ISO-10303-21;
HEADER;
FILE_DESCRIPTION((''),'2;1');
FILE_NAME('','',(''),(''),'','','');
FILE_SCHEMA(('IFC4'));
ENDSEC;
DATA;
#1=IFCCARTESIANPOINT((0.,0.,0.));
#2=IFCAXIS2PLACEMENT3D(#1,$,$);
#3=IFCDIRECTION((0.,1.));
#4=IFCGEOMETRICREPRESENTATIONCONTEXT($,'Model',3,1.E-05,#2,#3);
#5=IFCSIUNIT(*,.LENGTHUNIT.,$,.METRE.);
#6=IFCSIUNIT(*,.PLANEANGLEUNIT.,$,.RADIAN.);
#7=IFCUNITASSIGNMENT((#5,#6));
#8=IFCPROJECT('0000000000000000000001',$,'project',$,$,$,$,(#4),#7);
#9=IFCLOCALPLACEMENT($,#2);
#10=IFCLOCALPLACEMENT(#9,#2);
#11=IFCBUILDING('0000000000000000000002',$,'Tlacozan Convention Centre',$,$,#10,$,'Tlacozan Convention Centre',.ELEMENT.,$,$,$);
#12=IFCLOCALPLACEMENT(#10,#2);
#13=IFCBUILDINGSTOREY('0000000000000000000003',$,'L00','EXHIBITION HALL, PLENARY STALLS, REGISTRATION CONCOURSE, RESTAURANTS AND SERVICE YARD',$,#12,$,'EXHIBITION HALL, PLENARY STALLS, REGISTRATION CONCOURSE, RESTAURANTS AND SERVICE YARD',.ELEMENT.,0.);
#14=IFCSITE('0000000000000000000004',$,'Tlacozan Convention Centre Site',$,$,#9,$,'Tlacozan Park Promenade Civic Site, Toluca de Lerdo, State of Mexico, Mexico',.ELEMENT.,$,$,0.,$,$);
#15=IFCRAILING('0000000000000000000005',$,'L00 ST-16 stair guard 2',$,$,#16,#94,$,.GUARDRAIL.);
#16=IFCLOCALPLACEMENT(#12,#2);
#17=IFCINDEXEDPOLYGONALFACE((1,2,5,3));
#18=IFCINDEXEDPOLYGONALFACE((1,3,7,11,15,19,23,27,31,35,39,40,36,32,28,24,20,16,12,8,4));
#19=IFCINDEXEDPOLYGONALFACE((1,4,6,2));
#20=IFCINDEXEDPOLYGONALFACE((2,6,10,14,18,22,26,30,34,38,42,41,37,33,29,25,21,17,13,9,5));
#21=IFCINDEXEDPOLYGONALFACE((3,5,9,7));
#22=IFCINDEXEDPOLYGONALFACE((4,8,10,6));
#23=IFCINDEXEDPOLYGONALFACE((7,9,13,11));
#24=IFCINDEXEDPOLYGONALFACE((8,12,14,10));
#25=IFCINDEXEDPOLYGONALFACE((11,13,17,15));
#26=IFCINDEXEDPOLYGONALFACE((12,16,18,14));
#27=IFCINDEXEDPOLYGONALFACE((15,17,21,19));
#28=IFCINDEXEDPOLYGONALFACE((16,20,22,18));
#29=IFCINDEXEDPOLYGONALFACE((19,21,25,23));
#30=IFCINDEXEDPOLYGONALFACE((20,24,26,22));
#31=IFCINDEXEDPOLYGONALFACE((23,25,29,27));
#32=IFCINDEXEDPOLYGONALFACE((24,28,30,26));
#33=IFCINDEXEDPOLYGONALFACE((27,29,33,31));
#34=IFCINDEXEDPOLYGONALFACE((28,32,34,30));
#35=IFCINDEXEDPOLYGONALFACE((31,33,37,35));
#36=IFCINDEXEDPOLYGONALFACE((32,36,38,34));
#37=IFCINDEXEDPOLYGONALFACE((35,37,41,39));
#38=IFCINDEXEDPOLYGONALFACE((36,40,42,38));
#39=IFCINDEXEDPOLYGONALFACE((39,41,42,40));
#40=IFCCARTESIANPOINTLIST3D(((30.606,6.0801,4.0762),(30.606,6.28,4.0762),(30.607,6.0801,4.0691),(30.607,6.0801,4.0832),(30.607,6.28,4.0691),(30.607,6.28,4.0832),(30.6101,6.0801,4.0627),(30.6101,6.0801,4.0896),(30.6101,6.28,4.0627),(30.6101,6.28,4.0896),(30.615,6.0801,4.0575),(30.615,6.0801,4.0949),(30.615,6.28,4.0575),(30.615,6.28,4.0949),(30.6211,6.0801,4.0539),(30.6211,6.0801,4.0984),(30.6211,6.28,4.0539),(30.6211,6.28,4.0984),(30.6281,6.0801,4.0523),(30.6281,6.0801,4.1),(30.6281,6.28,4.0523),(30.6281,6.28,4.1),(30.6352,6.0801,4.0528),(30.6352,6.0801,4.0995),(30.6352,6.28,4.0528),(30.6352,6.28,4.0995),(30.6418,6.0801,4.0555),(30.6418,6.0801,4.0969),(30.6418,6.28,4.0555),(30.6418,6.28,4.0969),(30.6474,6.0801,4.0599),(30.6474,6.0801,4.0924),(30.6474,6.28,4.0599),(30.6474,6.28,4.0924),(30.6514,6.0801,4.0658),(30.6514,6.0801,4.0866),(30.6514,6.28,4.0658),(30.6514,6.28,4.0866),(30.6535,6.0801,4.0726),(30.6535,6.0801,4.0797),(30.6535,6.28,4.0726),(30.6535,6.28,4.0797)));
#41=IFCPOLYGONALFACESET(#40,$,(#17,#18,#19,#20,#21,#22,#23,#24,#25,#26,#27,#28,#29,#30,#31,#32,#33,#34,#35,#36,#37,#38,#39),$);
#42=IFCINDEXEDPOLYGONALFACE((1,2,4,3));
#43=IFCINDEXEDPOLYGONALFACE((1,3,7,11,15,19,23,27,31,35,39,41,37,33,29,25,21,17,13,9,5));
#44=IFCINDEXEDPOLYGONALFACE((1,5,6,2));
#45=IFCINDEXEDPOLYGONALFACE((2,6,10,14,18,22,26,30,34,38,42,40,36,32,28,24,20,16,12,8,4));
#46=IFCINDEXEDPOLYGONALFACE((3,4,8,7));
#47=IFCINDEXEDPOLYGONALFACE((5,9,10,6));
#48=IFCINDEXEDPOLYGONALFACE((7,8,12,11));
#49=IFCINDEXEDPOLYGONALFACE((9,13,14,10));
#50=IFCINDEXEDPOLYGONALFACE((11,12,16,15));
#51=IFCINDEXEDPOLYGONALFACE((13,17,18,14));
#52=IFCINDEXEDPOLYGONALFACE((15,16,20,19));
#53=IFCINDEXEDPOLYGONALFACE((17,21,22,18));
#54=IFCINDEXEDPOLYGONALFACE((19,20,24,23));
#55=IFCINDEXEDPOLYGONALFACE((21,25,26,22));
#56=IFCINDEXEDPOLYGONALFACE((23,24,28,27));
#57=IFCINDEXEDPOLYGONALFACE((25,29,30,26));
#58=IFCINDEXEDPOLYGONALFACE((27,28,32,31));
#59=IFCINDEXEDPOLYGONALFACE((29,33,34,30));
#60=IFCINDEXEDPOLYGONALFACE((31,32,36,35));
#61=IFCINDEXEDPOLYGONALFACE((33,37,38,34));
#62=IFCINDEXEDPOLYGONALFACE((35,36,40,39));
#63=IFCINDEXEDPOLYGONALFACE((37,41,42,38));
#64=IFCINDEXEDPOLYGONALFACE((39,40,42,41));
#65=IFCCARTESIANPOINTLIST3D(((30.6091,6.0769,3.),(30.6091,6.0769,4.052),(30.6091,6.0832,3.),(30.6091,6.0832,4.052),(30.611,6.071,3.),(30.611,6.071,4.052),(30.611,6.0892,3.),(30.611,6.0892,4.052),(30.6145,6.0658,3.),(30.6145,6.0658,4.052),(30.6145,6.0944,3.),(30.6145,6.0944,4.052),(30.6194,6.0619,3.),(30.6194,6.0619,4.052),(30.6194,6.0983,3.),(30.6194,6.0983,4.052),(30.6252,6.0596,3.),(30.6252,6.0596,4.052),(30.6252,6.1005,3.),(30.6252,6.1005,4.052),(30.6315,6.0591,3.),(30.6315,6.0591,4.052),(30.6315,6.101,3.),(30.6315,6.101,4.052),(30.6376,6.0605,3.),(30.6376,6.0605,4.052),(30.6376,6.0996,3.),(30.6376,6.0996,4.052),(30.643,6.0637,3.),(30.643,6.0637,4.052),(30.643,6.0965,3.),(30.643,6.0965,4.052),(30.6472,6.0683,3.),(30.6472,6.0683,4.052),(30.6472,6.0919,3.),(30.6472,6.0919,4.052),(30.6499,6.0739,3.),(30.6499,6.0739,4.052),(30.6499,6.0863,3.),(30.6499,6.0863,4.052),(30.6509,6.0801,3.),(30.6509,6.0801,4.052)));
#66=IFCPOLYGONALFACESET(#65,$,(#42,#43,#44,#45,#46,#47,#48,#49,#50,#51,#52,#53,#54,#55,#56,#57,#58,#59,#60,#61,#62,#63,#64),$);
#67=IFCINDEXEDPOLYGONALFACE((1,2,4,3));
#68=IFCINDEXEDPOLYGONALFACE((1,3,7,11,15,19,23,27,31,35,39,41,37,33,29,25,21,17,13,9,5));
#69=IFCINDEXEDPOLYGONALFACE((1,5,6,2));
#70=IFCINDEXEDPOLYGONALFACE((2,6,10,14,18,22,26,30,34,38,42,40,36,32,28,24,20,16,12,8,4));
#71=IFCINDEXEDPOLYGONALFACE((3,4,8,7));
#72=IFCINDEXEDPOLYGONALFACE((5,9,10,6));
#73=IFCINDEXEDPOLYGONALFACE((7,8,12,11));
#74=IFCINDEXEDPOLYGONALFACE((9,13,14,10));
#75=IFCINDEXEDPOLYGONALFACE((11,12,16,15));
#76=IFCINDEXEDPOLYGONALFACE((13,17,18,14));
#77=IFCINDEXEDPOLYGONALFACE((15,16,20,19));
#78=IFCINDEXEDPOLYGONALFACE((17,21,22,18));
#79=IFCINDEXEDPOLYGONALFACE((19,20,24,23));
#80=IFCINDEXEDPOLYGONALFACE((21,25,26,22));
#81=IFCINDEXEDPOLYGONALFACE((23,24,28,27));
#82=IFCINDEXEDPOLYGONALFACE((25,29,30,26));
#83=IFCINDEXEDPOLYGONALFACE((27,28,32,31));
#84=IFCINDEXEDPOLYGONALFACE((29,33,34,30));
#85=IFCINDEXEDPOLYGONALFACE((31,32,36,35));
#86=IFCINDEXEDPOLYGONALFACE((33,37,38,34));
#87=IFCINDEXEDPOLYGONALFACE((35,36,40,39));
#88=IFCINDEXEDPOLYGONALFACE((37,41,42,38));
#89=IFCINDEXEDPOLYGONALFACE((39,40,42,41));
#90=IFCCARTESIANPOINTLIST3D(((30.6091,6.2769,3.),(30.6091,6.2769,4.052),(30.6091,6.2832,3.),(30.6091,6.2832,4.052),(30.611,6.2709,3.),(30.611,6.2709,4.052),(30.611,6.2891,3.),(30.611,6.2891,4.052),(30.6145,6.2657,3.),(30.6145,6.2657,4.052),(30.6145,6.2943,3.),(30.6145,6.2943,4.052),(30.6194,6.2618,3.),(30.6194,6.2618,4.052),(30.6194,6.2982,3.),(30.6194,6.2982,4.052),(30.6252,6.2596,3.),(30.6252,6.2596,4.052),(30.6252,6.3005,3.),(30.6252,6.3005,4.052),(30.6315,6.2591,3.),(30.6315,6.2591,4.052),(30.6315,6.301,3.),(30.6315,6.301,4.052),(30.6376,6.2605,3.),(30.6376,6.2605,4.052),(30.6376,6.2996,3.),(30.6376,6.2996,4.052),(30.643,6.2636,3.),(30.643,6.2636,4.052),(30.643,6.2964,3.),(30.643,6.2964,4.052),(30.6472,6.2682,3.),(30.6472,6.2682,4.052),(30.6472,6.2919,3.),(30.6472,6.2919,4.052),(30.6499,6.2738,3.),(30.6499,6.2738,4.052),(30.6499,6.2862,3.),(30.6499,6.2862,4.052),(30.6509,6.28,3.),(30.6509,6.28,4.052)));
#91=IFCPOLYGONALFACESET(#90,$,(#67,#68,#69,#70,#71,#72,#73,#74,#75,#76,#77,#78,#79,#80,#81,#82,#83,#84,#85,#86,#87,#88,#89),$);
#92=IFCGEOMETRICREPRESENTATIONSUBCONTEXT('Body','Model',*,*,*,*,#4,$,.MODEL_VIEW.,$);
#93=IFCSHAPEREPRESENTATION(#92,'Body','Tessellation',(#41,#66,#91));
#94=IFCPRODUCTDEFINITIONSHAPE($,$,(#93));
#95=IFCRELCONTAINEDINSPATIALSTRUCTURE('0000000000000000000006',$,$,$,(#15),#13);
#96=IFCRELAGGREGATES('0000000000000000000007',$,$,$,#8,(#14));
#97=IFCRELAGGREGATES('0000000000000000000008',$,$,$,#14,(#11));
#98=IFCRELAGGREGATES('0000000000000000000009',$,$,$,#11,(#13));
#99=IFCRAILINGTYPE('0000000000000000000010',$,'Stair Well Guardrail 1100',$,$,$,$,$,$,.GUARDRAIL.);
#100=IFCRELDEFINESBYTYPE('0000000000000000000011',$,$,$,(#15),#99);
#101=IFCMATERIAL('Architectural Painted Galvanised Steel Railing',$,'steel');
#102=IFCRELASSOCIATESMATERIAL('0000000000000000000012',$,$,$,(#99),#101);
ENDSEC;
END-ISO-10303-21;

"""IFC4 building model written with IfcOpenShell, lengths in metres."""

from ifc_helpers import new_model, si_unit, direction, frame, origin, origin_2d, place, context, subcontext, project, spatial, circle, extrude, material, type_object, element, save


model = new_model("IFC4")

# Units and contexts
model_context = context("Model", 3, precision=1e-05, world=origin(), true_north=direction((0.0, 1.0)))
body_context = subcontext(model_context, "Body", "Model", "MODEL_VIEW")
ifc_project = project(units=[si_unit("LENGTHUNIT", "METRE"), si_unit("PLANEANGLEUNIT", "RADIAN")], contexts=[model_context])

# Site, building, storey
site_placement = place(None, origin())
site = spatial("IfcSite", under=ifc_project, at=site_placement, Name="Tlacozan Convention Centre Site", LongName="Tlacozan Park Promenade Civic Site, Toluca de Lerdo, State of Mexico, Mexico", CompositionType="ELEMENT", RefElevation=0.0)
building_placement = place(site_placement, origin())
building = spatial("IfcBuilding", under=site, at=building_placement, Name="Tlacozan Convention Centre", LongName="Tlacozan Convention Centre", CompositionType="ELEMENT")
storey_placement = place(building_placement, origin())
storey = spatial("IfcBuildingStorey", under=building, at=storey_placement, Name="L00", Description="EXHIBITION HALL, PLENARY STALLS, REGISTRATION CONCOURSE, RESTAURANTS AND SERVICE YARD", LongName="EXHIBITION HALL, PLENARY STALLS, REGISTRATION CONCOURSE, RESTAURANTS AND SERVICE YARD", CompositionType="ELEMENT", Elevation=0.0)

# Railing
ifc_material_1 = material(Name="Architectural Painted Galvanised Steel Railing", Category="steel")
railing_type_1 = type_object("IfcRailingType", Name="Stair Well Guardrail 1100", PredefinedType="GUARDRAIL", material=ifc_material_1)
railing_1_placement = place(storey_placement, frame((30.6299, 6.0801, 3.0)))
element("IfcRailing", 1, at=railing_1_placement, inside=storey, type_object=railing_type_1, Name="L00 ST-16 stair guard 2", PredefinedType="GUARDRAIL", context=body_context, shape_type="SweptSolid", body=[
    extrude(circle(Radius=0.0239, at=origin_2d()), frame((0.0, 0.0, 1.0762), z_axis=(0.0, 1.0, 0.0), x_axis=(-1.0, 0.0, 0.0)), (0.0, 0.0, 1.0), 0.2),
    extrude(circle(Radius=0.021, at=origin_2d()), origin(), (0.0, 0.0, 1.0), 1.052),
    extrude(circle(Radius=0.021, at=origin_2d()), frame((0.0, 0.2, 0.0)), (0.0, 0.0, 1.0), 1.052),
])

save(model, "model.ifc")
